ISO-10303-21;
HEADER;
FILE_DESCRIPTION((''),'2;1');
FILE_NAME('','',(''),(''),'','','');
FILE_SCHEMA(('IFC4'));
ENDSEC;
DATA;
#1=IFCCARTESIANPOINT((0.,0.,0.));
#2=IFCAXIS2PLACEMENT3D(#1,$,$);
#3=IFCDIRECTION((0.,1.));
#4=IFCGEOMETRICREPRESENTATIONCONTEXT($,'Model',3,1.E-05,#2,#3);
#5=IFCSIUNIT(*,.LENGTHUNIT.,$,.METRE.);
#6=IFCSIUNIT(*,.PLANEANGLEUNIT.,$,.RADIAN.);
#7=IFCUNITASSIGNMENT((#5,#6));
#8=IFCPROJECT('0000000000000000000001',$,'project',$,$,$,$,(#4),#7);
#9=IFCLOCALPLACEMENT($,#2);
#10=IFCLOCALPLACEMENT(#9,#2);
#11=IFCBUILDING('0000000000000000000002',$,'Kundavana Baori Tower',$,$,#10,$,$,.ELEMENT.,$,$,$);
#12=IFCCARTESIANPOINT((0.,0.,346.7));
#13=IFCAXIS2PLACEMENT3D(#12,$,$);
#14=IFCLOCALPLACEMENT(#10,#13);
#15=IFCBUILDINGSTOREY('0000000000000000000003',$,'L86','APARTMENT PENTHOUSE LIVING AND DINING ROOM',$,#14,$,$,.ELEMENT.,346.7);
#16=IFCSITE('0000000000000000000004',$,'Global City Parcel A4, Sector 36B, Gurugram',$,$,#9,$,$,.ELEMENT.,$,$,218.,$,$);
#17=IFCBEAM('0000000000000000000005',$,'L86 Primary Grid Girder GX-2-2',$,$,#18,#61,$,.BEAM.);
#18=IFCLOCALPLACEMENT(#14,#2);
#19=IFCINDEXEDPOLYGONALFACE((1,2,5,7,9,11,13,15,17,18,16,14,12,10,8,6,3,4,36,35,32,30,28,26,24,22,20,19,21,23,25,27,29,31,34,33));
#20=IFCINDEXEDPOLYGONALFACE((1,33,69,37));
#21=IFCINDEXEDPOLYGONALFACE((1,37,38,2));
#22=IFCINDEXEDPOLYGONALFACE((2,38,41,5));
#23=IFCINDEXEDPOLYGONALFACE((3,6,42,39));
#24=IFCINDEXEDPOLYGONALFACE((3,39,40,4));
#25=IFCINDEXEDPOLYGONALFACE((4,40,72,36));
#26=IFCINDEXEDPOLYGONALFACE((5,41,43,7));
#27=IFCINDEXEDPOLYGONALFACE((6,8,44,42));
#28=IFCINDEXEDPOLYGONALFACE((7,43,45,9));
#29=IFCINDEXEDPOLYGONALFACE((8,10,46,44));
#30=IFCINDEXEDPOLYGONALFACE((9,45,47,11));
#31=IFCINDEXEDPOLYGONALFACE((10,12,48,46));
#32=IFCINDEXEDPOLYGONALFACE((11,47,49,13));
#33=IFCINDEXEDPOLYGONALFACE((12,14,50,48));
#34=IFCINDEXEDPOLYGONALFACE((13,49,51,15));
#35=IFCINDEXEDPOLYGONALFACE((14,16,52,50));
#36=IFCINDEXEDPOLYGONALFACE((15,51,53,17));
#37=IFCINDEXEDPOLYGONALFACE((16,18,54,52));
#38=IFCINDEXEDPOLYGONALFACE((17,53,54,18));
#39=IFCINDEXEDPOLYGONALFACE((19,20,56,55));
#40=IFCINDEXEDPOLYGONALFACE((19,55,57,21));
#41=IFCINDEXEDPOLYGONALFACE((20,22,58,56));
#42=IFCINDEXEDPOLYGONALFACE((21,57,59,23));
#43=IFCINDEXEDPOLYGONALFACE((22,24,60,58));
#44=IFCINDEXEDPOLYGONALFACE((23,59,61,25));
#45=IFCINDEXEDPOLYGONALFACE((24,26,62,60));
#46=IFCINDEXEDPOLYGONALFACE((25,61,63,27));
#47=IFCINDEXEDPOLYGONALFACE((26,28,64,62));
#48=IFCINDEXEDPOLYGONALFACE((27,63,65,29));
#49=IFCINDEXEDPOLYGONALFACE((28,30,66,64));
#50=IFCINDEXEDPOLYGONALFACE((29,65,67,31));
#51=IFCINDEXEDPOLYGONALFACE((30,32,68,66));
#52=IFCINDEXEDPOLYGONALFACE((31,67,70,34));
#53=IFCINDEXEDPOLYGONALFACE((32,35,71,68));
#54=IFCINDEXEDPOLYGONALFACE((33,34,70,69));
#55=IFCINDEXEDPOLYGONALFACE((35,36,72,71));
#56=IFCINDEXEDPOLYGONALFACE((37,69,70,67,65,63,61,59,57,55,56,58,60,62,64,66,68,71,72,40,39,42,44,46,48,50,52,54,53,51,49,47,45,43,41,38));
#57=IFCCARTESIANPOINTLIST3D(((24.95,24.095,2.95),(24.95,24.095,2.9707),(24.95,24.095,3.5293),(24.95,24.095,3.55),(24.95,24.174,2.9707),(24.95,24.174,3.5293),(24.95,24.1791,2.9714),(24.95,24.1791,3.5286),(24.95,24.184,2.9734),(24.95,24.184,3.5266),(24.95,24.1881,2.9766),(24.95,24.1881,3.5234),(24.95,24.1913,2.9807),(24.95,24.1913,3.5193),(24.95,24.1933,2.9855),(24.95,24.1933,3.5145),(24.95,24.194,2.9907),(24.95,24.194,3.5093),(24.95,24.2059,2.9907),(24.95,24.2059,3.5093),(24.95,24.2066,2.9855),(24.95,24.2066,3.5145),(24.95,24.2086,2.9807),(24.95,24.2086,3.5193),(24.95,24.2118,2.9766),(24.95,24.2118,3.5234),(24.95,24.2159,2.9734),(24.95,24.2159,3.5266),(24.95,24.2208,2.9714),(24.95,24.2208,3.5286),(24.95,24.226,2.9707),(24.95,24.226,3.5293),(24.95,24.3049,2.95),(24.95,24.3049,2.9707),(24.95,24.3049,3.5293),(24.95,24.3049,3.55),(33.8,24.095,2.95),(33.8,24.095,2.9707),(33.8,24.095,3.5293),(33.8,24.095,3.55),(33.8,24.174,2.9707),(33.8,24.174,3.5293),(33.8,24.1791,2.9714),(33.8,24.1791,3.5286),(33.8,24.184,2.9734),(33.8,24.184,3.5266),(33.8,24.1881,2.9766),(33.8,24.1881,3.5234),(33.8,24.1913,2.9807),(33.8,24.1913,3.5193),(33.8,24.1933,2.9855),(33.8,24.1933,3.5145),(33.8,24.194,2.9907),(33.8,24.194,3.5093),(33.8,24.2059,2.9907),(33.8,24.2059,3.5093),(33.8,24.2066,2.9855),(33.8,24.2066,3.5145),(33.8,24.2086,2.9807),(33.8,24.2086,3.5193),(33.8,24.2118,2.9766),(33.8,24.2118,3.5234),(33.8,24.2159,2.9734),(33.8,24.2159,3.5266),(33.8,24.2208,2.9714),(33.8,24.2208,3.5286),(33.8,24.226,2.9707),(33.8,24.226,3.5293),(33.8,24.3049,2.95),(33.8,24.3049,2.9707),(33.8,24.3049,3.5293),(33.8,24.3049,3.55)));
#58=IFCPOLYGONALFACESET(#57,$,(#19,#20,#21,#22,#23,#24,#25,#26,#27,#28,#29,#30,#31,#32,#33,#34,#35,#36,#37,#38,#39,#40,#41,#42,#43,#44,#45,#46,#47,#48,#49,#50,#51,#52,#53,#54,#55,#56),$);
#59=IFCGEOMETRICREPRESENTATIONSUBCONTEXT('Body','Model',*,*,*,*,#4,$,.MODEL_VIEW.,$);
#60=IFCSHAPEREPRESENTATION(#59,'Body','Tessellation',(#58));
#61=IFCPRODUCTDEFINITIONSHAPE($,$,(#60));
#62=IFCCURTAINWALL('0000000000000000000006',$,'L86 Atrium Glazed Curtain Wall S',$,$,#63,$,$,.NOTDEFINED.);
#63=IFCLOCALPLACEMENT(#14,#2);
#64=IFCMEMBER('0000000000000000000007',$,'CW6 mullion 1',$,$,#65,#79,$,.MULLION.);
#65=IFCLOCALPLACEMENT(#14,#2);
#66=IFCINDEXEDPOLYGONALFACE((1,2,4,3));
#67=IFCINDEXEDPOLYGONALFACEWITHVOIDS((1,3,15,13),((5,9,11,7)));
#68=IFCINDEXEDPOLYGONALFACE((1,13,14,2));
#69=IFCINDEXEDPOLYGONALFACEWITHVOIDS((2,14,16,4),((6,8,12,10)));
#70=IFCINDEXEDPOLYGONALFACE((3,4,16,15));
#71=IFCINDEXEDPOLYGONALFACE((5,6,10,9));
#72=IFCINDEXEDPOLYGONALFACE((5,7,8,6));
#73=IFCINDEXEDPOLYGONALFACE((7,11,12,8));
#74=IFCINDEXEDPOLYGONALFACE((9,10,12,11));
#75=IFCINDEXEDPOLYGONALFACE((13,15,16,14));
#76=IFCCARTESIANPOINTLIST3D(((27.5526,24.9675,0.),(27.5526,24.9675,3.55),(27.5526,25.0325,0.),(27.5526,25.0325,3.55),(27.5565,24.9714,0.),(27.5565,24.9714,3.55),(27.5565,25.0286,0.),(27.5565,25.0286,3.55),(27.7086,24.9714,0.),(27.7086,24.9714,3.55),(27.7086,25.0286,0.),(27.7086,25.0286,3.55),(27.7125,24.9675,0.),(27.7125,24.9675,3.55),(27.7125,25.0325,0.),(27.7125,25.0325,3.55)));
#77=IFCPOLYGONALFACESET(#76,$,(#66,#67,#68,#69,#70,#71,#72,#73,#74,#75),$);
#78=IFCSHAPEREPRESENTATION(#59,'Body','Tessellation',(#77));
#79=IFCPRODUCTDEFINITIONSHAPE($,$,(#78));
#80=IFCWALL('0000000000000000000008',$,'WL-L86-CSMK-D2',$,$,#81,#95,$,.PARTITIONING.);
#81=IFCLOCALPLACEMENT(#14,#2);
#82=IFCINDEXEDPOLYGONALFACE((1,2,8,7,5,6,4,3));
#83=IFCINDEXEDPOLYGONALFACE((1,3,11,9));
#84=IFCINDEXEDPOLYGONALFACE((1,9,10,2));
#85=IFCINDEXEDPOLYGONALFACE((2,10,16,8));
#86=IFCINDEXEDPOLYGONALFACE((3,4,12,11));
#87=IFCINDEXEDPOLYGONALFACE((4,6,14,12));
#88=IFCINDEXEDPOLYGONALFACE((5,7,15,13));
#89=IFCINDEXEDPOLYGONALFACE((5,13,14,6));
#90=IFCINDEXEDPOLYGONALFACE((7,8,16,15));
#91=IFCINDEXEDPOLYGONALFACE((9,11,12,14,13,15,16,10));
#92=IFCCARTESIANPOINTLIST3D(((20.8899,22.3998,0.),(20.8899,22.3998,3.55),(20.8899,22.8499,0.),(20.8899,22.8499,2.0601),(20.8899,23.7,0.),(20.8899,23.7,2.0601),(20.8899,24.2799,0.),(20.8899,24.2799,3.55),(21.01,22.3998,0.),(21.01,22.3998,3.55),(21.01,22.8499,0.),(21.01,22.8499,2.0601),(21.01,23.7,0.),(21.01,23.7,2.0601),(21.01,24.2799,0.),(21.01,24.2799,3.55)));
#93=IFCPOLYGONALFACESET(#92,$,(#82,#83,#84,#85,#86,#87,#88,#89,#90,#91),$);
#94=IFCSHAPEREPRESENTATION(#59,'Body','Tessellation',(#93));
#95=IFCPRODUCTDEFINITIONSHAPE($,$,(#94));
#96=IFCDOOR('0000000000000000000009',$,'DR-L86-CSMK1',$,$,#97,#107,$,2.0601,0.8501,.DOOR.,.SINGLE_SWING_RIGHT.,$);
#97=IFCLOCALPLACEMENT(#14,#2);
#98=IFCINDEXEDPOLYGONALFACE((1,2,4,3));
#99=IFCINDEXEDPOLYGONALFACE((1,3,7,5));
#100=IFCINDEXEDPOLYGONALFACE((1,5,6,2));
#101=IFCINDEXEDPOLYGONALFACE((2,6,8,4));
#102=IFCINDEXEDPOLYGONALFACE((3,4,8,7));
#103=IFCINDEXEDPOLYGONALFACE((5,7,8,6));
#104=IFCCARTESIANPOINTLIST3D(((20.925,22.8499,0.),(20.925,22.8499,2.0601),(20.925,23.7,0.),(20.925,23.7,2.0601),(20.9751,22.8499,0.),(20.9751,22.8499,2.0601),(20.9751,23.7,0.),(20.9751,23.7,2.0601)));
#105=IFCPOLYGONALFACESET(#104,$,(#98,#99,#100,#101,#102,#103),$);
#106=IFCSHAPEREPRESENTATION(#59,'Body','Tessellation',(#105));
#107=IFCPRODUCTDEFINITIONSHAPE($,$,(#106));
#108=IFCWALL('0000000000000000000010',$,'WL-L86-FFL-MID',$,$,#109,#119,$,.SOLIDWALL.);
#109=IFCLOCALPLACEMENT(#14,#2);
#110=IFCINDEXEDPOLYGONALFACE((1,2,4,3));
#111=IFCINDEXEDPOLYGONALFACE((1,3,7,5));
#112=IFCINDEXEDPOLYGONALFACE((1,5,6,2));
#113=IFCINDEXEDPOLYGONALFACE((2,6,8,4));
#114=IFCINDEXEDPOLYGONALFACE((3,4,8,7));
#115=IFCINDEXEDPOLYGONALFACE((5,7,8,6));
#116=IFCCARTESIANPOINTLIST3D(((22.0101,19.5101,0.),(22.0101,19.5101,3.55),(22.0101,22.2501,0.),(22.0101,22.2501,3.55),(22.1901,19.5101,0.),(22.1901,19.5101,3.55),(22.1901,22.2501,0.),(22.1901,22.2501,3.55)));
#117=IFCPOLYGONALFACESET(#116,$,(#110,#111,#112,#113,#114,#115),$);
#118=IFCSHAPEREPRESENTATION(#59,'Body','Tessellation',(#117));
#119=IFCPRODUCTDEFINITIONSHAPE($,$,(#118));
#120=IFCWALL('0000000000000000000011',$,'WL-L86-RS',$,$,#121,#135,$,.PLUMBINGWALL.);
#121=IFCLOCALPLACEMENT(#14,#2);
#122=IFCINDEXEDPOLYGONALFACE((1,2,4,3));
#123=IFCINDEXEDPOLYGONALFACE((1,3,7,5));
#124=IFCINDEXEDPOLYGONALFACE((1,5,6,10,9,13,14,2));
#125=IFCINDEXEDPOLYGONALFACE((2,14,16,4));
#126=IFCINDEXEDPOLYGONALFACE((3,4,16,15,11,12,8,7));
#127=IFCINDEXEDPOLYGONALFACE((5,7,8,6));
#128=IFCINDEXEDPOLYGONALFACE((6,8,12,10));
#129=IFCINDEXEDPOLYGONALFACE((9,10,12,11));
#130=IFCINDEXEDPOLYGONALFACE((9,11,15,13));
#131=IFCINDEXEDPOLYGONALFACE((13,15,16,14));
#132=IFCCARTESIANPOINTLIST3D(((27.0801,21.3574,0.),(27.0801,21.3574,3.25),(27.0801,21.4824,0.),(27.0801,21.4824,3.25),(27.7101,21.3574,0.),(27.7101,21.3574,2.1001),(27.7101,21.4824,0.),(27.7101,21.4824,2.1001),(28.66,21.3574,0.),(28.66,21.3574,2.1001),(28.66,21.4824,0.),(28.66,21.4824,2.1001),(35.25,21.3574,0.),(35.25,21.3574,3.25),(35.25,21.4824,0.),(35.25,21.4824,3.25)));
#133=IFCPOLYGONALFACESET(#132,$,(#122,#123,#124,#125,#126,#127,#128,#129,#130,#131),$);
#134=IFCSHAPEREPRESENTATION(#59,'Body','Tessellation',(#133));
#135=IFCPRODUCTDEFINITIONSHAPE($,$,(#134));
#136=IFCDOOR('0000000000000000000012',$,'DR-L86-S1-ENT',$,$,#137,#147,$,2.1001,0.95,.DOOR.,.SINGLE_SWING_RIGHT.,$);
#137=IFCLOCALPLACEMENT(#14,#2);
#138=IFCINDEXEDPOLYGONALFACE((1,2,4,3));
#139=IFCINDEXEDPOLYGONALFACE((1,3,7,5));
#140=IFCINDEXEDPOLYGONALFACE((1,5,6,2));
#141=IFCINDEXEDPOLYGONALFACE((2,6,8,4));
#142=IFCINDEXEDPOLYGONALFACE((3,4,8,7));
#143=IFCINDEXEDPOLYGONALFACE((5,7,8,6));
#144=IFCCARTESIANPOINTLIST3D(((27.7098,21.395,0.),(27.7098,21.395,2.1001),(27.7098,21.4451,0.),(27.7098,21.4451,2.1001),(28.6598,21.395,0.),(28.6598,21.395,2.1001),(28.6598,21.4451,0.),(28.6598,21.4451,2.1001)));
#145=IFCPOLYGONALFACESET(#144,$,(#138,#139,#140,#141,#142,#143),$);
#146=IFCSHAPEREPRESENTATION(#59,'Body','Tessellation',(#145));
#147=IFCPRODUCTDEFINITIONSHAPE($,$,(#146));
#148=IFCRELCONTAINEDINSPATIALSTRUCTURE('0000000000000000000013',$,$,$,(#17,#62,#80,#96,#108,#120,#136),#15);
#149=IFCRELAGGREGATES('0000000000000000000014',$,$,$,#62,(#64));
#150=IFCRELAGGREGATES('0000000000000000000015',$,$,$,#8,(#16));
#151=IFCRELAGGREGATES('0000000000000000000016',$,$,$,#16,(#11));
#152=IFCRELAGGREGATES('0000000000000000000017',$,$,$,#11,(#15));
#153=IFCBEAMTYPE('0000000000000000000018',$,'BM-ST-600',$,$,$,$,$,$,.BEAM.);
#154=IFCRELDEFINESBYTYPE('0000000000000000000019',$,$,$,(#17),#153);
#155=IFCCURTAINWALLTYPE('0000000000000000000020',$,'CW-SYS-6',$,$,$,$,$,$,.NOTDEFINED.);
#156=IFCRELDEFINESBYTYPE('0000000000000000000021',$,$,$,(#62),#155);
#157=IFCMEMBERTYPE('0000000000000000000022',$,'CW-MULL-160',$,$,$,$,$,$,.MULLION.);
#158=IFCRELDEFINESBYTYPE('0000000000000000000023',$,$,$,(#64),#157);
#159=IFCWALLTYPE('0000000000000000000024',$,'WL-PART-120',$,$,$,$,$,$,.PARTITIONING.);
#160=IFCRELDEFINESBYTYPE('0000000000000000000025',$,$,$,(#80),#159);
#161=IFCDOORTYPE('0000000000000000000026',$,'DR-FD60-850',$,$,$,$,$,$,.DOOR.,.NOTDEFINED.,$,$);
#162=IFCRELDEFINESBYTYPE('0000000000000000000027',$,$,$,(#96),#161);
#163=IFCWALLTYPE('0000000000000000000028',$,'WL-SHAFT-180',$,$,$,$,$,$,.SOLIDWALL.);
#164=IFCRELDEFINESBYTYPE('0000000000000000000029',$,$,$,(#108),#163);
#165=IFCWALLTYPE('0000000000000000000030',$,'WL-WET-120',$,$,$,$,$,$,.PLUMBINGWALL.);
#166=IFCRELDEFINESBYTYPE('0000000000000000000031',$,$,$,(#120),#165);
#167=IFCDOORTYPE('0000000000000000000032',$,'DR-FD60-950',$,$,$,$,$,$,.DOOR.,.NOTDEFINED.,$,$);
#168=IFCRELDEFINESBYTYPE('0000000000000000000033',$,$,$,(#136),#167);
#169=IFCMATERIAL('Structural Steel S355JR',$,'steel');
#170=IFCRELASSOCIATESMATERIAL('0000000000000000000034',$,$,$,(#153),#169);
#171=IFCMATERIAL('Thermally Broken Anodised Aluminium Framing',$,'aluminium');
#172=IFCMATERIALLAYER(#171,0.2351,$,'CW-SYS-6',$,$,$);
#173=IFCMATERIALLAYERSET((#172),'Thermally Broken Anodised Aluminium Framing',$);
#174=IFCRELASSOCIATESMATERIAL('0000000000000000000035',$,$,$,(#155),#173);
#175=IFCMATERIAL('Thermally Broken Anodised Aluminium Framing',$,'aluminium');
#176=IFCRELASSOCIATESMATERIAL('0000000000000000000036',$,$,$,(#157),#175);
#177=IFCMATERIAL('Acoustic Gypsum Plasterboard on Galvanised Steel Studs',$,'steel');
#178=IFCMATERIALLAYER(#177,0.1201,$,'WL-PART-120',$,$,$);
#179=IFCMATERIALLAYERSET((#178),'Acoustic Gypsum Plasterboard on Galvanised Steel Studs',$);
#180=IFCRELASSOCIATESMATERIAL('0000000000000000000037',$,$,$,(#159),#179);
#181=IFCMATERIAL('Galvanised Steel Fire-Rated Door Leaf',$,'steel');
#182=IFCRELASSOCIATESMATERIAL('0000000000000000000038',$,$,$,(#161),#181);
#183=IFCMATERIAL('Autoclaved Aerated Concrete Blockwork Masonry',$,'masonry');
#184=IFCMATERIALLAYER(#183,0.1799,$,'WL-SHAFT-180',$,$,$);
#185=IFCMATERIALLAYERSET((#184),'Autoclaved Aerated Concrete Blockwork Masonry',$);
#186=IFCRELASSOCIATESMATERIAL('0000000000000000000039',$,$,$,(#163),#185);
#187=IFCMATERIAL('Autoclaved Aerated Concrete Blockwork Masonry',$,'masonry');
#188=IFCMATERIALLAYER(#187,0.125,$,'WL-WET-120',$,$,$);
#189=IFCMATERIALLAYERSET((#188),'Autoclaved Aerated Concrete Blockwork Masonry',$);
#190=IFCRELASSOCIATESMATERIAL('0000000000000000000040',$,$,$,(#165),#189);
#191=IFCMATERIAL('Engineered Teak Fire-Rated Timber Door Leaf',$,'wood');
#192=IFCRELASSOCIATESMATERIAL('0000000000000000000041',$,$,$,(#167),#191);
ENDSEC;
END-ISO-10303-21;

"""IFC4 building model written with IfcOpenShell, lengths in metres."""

from ifc_helpers import new_model, si_unit, direction, frame, frame_2d, origin, origin_2d, place, context, subcontext, project, spatial, rectangle, hollow_rectangle, i_section, extrude, material, layer, layer_set, material_profile, profile_set, type_object, element, fill, aggregate, save


model = new_model("IFC4")

# Units and contexts
model_context = context("Model", 3, precision=1e-05, world=origin(), true_north=direction((0.0, 1.0)))
body_context = subcontext(model_context, "Body", "Model", "MODEL_VIEW")
ifc_project = project(units=[si_unit("LENGTHUNIT", "METRE"), si_unit("PLANEANGLEUNIT", "RADIAN")], contexts=[model_context])

# Site, building, storey
site_placement = place(None, origin())
site = spatial("IfcSite", under=ifc_project, at=site_placement, Name="Global City Parcel A4, Sector 36B, Gurugram", CompositionType="ELEMENT", RefElevation=218.0)
building_placement = place(site_placement, origin())
building = spatial("IfcBuilding", under=site, at=building_placement, Name="Kundavana Baori Tower", CompositionType="ELEMENT")
storey_placement = place(building_placement, frame((0.0, 0.0, 346.7)))
storey = spatial("IfcBuildingStorey", under=building, at=storey_placement, Name="L86", Description="APARTMENT PENTHOUSE LIVING AND DINING ROOM", CompositionType="ELEMENT", Elevation=346.7)

# Beam
ifc_material_1 = material(Name="Structural Steel S355JR", Category="steel")
ifc_material_profile_1 = material_profile(ifc_material_1, i_section(OverallWidth=0.21, OverallDepth=0.6001, WebThickness=0.012, FlangeThickness=0.0208, FilletRadius=0.02, at=origin_2d()), Name="ISMB 600")
ifc_profile_set_1 = profile_set([ifc_material_profile_1], Name="Structural Steel S355JR")
beam_type_1 = type_object("IfcBeamType", Name="BM-ST-600", PredefinedType="BEAM", material=ifc_profile_set_1)
beam_1_placement = place(storey_placement, frame((24.95, 24.2, 3.25), z_axis=(1.0, 0.0, 0.0), x_axis=(0.0, 1.0, 0.0)))
element("IfcBeam", 1, at=beam_1_placement, inside=storey, type_object=beam_type_1, Name="L86 Primary Grid Girder GX-2-2", PredefinedType="BEAM", context=body_context, shape_type="SweptSolid", body=[
    extrude(i_section(OverallWidth=0.21, OverallDepth=0.6001, WebThickness=0.012, FlangeThickness=0.0208, FilletRadius=0.02, at=origin_2d()), origin(), (0.0, 0.0, 1.0), 8.8501),
])

# Curtain wall, member
ifc_material_2 = material(Name="Thermally Broken Anodised Aluminium Framing", Category="aluminium")
ifc_layer_1 = layer(ifc_material_2, 0.2351, Name="CW-SYS-6")
ifc_layer_set_1 = layer_set([ifc_layer_1], Name="Thermally Broken Anodised Aluminium Framing")
curtain_wall_type = type_object("IfcCurtainWallType", Name="CW-SYS-6", PredefinedType="NOTDEFINED", material=ifc_layer_set_1)
curtain_wall_placement = place(storey_placement, origin())
curtain_wall = element("IfcCurtainWall", 2, at=curtain_wall_placement, inside=storey, type_object=curtain_wall_type, Name="L86 Atrium Glazed Curtain Wall S", PredefinedType="NOTDEFINED")
ifc_material_3 = material(Name="Thermally Broken Anodised Aluminium Framing", Category="aluminium")
ifc_material_profile_2 = material_profile(ifc_material_3, hollow_rectangle(XDim=0.0649, YDim=0.1599, WallThickness=0.0039, at=origin_2d()), Name="CW-MULL-160")
ifc_profile_set_2 = profile_set([ifc_material_profile_2], Name="Thermally Broken Anodised Aluminium Framing")
member_type = type_object("IfcMemberType", Name="CW-MULL-160", PredefinedType="MULLION", material=ifc_profile_set_2)
member_placement = place(storey_placement, frame((27.6326, 25.0, 0.0), z_axis=(0.0, 0.0, 1.0), x_axis=(0.0, 1.0, 0.0)))
member = element("IfcMember", 3, at=member_placement, type_object=member_type, Name="CW6 mullion 1", PredefinedType="MULLION", context=body_context, shape_type="SweptSolid", body=[
    extrude(hollow_rectangle(XDim=0.0649, YDim=0.1599, WallThickness=0.0039, at=origin_2d()), origin(), (0.0, 0.0, 1.0), 3.55),
])
aggregate(curtain_wall, [member])

# Wall, opening, door
ifc_material_4 = material(Name="Acoustic Gypsum Plasterboard on Galvanised Steel Studs", Category="steel")
ifc_layer_2 = layer(ifc_material_4, 0.1201, Name="WL-PART-120")
ifc_layer_set_2 = layer_set([ifc_layer_2], Name="Acoustic Gypsum Plasterboard on Galvanised Steel Studs")
wall_type_1 = type_object("IfcWallType", Name="WL-PART-120", PredefinedType="PARTITIONING", material=ifc_layer_set_2)
wall_1_placement = place(storey_placement, frame((20.95, 22.3999, 0.0), z_axis=(0.0, 0.0, 1.0), x_axis=(0.0, 1.0, 0.0)))
wall_1 = element("IfcWall", 4, at=wall_1_placement, inside=storey, type_object=wall_type_1, Name="WL-L86-CSMK-D2", PredefinedType="PARTITIONING", context=body_context, shape_type="SweptSolid", body=[
    extrude(rectangle(XDim=1.8801, YDim=0.1201, at=frame_2d((0.9399, 0.0))), origin(), (0.0, 0.0, 1.0), 3.55),
])
opening_1_placement = place(wall_1_placement, frame((0.45, 0.0, 0.0)))
opening_1 = element("IfcOpeningElement", 5, at=opening_1_placement, cuts=wall_1, PredefinedType="OPENING", context=body_context, shape_type="SweptSolid", body=[
    extrude(rectangle(XDim=0.8501, YDim=2.0601, at=frame_2d((0.425, 1.03))), frame((0.0, 0.0701, 0.0), z_axis=(0.0, -1.0, 0.0), x_axis=(1.0, 0.0, 0.0)), (0.0, 0.0, 1.0), 0.1401),
])
ifc_material_5 = material(Name="Galvanised Steel Fire-Rated Door Leaf", Category="steel")
door_type_1 = type_object("IfcDoorType", Name="DR-FD60-850", OperationType="NOTDEFINED", PredefinedType="DOOR", material=ifc_material_5)
door_1_placement = place(opening_1_placement, origin())
door_1 = element("IfcDoor", 6, at=door_1_placement, inside=storey, type_object=door_type_1, Name="DR-L86-CSMK1", OperationType="SINGLE_SWING_RIGHT", OverallHeight=2.0601, OverallWidth=0.8501, PredefinedType="DOOR", context=body_context, shape_type="SweptSolid", body=[
    extrude(rectangle(XDim=0.8501, YDim=2.0601, at=frame_2d((0.425, 1.03))), frame((0.0, 0.0249, 0.0), z_axis=(0.0, -1.0, 0.0), x_axis=(1.0, 0.0, 0.0)), (0.0, 0.0, 1.0), 0.05),
])
fill(opening_1, door_1)

# Wall
ifc_material_6 = material(Name="Autoclaved Aerated Concrete Blockwork Masonry", Category="masonry")
ifc_layer_3 = layer(ifc_material_6, 0.1799, Name="WL-SHAFT-180")
ifc_layer_set_3 = layer_set([ifc_layer_3], Name="Autoclaved Aerated Concrete Blockwork Masonry")
wall_type_2 = type_object("IfcWallType", Name="WL-SHAFT-180", PredefinedType="SOLIDWALL", material=ifc_layer_set_3)
wall_2_placement = place(storey_placement, frame((22.1001, 19.51, 0.0), z_axis=(0.0, 0.0, 1.0), x_axis=(0.0, 1.0, 0.0)))
element("IfcWall", 7, at=wall_2_placement, inside=storey, type_object=wall_type_2, Name="WL-L86-FFL-MID", PredefinedType="SOLIDWALL", context=body_context, shape_type="SweptSolid", body=[
    extrude(rectangle(XDim=2.74, YDim=0.1799, at=frame_2d((1.3701, 0.0))), origin(), (0.0, 0.0, 1.0), 3.55),
])

# Wall, opening, door
ifc_material_7 = material(Name="Autoclaved Aerated Concrete Blockwork Masonry", Category="masonry")
ifc_layer_4 = layer(ifc_material_7, 0.125, Name="WL-WET-120")
ifc_layer_set_4 = layer_set([ifc_layer_4], Name="Autoclaved Aerated Concrete Blockwork Masonry")
wall_type_3 = type_object("IfcWallType", Name="WL-WET-120", PredefinedType="PLUMBINGWALL", material=ifc_layer_set_4)
wall_3_placement = place(storey_placement, frame((27.0801, 21.4199, 0.0), z_axis=(0.0, 0.0, 1.0), x_axis=(1.0, 0.0, 0.0)))
wall_3 = element("IfcWall", 8, at=wall_3_placement, inside=storey, type_object=wall_type_3, Name="WL-L86-RS", PredefinedType="PLUMBINGWALL", context=body_context, shape_type="SweptSolid", body=[
    extrude(rectangle(XDim=8.1699, YDim=0.125, at=frame_2d((4.085, 0.0))), origin(), (0.0, 0.0, 1.0), 3.25),
])
opening_2_placement = place(wall_3_placement, frame((0.6299, 0.0, 0.0)))
opening_2 = element("IfcOpeningElement", 9, at=opening_2_placement, cuts=wall_3, PredefinedType="OPENING", context=body_context, shape_type="SweptSolid", body=[
    extrude(rectangle(XDim=0.95, YDim=2.1001, at=frame_2d((0.4751, 1.05))), frame((0.0, 0.0725, 0.0), z_axis=(0.0, -1.0, 0.0), x_axis=(1.0, 0.0, 0.0)), (0.0, 0.0, 1.0), 0.145),
])
ifc_material_8 = material(Name="Engineered Teak Fire-Rated Timber Door Leaf", Category="wood")
door_type_2 = type_object("IfcDoorType", Name="DR-FD60-950", OperationType="NOTDEFINED", PredefinedType="DOOR", material=ifc_material_8)
door_2_placement = place(opening_2_placement, frame((0.95, 0.0, 0.0), z_axis=(0.0, 0.0, 1.0), x_axis=(-1.0, 0.0, 0.0)))
door_2 = element("IfcDoor", 10, at=door_2_placement, inside=storey, type_object=door_type_2, Name="DR-L86-S1-ENT", OperationType="SINGLE_SWING_RIGHT", OverallHeight=2.1001, OverallWidth=0.95, PredefinedType="DOOR", context=body_context, shape_type="SweptSolid", body=[
    extrude(rectangle(XDim=0.95, YDim=2.1001, at=frame_2d((0.4751, 1.05))), frame((0.0, 0.0249, 0.0), z_axis=(0.0, -1.0, 0.0), x_axis=(1.0, 0.0, 0.0)), (0.0, 0.0, 1.0), 0.05),
])
fill(opening_2, door_2)

save(model, "model.ifc")
